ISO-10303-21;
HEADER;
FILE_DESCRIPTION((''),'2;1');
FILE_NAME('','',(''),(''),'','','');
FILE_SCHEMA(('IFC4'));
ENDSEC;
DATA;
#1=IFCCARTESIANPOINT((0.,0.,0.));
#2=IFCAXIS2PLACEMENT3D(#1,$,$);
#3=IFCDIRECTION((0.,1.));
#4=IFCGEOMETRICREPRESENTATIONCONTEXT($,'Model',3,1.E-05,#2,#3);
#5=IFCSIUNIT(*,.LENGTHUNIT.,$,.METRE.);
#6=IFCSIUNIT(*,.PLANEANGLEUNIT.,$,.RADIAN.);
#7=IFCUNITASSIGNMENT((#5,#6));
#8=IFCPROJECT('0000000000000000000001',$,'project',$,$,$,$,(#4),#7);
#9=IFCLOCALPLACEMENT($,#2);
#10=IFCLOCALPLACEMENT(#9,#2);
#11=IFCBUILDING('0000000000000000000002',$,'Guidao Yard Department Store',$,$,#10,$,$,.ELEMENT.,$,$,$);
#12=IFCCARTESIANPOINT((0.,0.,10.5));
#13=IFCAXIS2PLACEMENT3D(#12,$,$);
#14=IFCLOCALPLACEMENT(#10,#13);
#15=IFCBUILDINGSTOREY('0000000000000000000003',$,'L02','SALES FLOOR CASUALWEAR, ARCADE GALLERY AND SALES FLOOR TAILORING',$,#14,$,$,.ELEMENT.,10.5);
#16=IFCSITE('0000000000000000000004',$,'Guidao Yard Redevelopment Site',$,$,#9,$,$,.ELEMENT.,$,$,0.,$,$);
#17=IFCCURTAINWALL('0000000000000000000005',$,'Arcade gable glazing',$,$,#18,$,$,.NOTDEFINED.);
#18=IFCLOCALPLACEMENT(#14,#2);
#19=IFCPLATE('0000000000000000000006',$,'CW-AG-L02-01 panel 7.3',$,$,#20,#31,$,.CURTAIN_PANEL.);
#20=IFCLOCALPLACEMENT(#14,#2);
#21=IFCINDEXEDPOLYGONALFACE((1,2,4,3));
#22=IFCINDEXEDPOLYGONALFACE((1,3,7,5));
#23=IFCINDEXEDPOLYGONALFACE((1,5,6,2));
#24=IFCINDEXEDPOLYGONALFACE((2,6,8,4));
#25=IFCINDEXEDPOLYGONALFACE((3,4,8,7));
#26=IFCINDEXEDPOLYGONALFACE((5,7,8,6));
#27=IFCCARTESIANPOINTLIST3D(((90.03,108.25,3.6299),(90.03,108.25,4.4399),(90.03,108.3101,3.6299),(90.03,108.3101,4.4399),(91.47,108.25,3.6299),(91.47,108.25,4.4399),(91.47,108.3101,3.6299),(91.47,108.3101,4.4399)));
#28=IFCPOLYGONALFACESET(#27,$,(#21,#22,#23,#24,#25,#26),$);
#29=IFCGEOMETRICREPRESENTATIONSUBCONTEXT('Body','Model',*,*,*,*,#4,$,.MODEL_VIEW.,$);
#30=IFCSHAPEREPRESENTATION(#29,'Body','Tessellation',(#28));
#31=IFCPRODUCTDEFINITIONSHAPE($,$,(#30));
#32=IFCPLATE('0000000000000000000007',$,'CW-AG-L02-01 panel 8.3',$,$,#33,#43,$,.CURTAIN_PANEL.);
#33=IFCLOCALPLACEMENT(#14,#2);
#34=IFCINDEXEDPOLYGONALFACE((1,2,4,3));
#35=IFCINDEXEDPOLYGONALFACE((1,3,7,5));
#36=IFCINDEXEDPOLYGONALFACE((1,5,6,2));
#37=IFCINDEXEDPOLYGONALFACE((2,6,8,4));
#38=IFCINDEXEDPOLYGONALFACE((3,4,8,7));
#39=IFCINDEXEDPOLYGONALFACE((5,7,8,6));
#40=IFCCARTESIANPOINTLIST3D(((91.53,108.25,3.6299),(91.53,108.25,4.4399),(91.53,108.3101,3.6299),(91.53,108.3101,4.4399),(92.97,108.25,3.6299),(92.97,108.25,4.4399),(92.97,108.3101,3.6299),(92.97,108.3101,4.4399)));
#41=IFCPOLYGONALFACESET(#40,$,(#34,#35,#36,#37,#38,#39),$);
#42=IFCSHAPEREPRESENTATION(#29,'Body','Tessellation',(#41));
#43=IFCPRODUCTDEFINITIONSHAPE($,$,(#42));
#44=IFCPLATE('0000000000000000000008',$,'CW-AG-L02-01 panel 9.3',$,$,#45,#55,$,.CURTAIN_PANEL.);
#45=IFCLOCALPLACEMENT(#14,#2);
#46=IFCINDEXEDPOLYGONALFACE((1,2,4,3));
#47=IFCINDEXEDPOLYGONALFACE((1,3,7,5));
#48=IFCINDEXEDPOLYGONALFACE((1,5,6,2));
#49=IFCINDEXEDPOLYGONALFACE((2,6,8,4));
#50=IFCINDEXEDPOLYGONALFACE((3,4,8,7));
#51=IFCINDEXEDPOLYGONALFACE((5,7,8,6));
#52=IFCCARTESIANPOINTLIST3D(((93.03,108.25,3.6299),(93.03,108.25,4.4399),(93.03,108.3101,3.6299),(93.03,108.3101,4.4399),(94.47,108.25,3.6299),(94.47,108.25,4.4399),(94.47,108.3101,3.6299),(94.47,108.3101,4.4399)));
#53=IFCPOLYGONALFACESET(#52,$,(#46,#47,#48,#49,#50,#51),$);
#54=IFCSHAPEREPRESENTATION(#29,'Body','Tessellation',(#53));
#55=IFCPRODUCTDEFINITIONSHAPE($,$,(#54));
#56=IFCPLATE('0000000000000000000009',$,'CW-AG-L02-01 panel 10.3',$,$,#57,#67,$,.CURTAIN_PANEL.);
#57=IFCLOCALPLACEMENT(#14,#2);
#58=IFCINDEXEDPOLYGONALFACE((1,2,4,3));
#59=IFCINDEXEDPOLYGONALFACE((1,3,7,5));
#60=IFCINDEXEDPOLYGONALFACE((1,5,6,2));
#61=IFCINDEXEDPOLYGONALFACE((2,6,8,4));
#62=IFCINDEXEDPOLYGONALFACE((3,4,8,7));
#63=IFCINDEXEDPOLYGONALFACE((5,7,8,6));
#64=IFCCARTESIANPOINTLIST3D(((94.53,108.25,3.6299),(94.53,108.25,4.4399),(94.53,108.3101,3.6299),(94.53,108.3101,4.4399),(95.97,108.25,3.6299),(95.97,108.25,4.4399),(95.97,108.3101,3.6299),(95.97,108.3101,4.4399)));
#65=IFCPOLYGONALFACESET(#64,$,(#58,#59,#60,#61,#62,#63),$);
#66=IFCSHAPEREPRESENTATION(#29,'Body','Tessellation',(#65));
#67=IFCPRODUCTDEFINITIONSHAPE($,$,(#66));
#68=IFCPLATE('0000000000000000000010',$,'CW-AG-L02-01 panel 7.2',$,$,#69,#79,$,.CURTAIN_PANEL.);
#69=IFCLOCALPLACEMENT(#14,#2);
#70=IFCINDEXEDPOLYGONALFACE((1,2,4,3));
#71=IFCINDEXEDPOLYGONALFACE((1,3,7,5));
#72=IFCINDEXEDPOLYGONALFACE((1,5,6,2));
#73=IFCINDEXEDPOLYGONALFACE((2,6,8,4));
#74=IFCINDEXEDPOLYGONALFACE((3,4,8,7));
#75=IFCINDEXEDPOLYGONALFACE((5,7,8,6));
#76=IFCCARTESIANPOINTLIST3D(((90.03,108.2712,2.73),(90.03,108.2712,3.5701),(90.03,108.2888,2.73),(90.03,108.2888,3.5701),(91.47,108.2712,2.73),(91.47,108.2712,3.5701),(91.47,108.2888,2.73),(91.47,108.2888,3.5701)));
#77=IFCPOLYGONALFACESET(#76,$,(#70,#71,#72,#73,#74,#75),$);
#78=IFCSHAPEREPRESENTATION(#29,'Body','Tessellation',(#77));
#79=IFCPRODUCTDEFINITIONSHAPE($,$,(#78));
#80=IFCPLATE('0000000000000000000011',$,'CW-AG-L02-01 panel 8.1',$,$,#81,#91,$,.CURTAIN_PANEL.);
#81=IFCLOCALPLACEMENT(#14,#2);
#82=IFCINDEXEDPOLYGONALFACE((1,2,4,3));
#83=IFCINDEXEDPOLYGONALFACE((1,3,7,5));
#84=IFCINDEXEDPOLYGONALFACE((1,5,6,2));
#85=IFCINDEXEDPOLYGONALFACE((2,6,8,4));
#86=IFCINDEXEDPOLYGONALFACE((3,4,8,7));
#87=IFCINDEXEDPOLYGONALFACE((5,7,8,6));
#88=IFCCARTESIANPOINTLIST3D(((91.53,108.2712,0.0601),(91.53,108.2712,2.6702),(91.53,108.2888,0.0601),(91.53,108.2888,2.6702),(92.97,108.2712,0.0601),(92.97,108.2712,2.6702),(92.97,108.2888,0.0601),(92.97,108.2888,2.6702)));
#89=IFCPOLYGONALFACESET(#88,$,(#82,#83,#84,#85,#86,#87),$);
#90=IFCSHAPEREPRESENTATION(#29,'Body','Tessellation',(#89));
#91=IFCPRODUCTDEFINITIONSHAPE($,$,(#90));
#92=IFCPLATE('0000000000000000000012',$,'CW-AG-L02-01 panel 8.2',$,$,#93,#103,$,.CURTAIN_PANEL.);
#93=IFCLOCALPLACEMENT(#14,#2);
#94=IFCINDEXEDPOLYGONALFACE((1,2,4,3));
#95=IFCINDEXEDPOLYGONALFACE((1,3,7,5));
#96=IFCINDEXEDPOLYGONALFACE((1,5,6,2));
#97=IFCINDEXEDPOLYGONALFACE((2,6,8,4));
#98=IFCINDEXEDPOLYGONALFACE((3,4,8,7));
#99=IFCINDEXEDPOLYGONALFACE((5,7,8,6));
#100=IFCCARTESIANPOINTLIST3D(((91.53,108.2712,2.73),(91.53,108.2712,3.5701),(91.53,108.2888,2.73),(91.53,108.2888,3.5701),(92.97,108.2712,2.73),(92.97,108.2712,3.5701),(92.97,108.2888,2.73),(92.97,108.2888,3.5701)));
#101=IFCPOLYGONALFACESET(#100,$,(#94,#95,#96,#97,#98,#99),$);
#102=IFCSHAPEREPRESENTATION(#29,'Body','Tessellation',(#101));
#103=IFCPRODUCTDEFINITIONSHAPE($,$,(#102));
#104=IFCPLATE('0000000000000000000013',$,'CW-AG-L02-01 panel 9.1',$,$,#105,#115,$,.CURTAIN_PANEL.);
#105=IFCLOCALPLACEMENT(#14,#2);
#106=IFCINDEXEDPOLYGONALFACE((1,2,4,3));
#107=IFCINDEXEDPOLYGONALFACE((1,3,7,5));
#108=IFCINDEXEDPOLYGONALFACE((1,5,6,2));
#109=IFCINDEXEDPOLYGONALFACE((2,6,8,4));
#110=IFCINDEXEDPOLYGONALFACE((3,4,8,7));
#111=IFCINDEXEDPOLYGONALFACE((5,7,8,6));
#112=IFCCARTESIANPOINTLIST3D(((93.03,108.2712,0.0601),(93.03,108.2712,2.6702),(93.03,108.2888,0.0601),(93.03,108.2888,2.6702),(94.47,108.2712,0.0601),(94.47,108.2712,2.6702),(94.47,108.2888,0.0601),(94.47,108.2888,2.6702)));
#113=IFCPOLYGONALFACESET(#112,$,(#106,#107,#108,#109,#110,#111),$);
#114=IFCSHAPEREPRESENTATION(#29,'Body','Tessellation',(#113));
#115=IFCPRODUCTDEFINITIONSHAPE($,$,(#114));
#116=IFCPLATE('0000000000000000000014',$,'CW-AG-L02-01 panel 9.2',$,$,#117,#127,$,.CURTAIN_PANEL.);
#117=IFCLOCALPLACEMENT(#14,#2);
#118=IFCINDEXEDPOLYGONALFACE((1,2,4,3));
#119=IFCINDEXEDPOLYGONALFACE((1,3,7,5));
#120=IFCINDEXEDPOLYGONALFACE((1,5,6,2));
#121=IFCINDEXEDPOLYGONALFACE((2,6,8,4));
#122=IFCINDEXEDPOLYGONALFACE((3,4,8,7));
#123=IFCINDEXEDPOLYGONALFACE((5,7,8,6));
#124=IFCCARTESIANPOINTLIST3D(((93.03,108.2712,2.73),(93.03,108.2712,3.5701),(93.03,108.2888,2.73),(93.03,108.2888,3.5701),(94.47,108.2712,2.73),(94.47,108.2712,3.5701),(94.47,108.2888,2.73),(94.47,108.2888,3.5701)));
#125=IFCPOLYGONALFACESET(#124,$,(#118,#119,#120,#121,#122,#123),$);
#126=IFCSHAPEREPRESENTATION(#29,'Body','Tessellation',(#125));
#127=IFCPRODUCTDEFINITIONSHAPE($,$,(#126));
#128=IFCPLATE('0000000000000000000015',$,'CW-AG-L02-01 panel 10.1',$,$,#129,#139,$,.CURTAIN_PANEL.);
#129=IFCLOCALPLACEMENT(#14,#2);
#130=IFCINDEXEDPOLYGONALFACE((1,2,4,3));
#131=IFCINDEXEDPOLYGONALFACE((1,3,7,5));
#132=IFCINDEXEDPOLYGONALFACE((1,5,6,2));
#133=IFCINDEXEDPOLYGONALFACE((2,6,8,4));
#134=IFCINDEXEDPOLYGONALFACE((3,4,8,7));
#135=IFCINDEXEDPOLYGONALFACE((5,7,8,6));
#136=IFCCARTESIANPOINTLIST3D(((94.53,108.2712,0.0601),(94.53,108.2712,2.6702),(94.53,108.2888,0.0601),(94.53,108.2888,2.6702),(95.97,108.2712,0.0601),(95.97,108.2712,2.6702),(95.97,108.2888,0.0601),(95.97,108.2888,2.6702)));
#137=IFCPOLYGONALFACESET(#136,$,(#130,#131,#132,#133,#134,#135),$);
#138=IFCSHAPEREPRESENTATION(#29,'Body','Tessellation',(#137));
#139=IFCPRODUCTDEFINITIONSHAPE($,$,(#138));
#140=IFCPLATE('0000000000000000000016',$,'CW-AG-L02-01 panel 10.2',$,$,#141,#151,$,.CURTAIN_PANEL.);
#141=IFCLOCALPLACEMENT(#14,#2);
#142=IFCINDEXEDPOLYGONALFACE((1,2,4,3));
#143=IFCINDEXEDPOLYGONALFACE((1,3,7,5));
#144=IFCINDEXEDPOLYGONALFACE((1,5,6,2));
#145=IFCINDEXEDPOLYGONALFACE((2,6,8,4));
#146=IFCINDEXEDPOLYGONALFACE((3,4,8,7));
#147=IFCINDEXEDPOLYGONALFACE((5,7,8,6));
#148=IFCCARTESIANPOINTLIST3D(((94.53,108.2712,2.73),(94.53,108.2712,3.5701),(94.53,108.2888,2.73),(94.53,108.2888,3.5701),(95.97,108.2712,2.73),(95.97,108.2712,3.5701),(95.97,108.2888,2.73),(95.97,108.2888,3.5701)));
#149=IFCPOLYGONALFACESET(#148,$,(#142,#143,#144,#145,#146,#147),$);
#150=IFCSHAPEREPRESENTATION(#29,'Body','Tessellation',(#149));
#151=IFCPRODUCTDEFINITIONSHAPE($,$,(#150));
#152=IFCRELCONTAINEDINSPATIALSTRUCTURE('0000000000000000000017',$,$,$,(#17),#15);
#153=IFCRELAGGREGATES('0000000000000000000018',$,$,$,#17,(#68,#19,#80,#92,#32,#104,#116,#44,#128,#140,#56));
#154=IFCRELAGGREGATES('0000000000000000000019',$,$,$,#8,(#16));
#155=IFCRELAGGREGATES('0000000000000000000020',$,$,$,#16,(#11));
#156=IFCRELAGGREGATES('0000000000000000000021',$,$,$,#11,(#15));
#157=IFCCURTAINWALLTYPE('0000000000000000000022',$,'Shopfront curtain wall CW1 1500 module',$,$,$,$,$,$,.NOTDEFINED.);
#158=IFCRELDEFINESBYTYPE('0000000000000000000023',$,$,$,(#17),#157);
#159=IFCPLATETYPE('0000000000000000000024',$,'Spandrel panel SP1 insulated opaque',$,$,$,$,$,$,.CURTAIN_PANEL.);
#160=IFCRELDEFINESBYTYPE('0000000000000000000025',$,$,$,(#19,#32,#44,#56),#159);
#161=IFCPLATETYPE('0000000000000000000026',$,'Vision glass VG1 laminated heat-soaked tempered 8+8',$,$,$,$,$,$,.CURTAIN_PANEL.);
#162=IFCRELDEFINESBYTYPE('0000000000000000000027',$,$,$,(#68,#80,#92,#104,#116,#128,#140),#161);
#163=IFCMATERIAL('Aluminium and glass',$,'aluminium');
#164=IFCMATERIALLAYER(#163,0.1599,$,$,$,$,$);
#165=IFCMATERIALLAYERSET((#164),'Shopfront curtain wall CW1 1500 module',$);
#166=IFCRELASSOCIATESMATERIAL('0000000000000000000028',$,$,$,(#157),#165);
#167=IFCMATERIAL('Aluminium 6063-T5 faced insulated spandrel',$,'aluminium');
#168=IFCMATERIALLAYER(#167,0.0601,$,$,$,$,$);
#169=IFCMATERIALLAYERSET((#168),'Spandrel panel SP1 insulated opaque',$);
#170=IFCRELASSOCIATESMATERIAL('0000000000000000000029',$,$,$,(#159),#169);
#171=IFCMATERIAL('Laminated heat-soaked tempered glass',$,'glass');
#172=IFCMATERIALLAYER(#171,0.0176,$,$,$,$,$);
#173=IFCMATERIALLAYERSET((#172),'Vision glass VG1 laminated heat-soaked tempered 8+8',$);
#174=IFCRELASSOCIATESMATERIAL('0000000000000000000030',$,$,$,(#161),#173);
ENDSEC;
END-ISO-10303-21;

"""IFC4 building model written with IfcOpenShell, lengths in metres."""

from ifc_helpers import new_model, si_unit, direction, frame, origin, origin_2d, place, context, subcontext, project, spatial, rectangle, extrude, material, layer, layer_set, type_object, element, aggregate, save


model = new_model("IFC4")

# Units and contexts
model_context = context("Model", 3, precision=1e-05, world=origin(), true_north=direction((0.0, 1.0)))
body_context = subcontext(model_context, "Body", "Model", "MODEL_VIEW")
ifc_project = project(units=[si_unit("LENGTHUNIT", "METRE"), si_unit("PLANEANGLEUNIT", "RADIAN")], contexts=[model_context])

# Site, building, storey
site_placement = place(None, origin())
site = spatial("IfcSite", under=ifc_project, at=site_placement, Name="Guidao Yard Redevelopment Site", CompositionType="ELEMENT", RefElevation=0.0)
building_placement = place(site_placement, origin())
building = spatial("IfcBuilding", under=site, at=building_placement, Name="Guidao Yard Department Store", CompositionType="ELEMENT")
storey_placement = place(building_placement, frame((0.0, 0.0, 10.5)))
storey = spatial("IfcBuildingStorey", under=building, at=storey_placement, Name="L02", Description="SALES FLOOR CASUALWEAR, ARCADE GALLERY AND SALES FLOOR TAILORING", CompositionType="ELEMENT", Elevation=10.5)

# Curtain wall, plates
ifc_material_1 = material(Name="Aluminium and glass", Category="aluminium")
ifc_layer_1 = layer(ifc_material_1, 0.1599)
ifc_layer_set_1 = layer_set([ifc_layer_1], Name="Shopfront curtain wall CW1 1500 module")
curtain_wall_type = type_object("IfcCurtainWallType", Name="Shopfront curtain wall CW1 1500 module", PredefinedType="NOTDEFINED", material=ifc_layer_set_1)
curtain_wall_placement = place(storey_placement, origin())
curtain_wall = element("IfcCurtainWall", 1, at=curtain_wall_placement, inside=storey, type_object=curtain_wall_type, Name="Arcade gable glazing", PredefinedType="NOTDEFINED")
ifc_material_2 = material(Name="Aluminium 6063-T5 faced insulated spandrel", Category="aluminium")
ifc_layer_2 = layer(ifc_material_2, 0.0601)
ifc_layer_set_2 = layer_set([ifc_layer_2], Name="Spandrel panel SP1 insulated opaque")
plate_type_1 = type_object("IfcPlateType", Name="Spandrel panel SP1 insulated opaque", PredefinedType="CURTAIN_PANEL", material=ifc_layer_set_2)
plate_1_placement = place(storey_placement, frame((90.75, 108.28, 3.6299), z_axis=(0.0, 0.0, 1.0), x_axis=(1.0, 0.0, 0.0)))
plate_1 = element("IfcPlate", 2, at=plate_1_placement, type_object=plate_type_1, Name="CW-AG-L02-01 panel 7.3", PredefinedType="CURTAIN_PANEL", context=body_context, shape_type="SweptSolid", body=[
    extrude(rectangle(XDim=1.4399, YDim=0.0601, at=origin_2d()), origin(), (0.0, 0.0, 1.0), 0.8101),
])
plate_2_placement = place(storey_placement, frame((92.25, 108.28, 3.6299), z_axis=(0.0, 0.0, 1.0), x_axis=(1.0, 0.0, 0.0)))
plate_2 = element("IfcPlate", 3, at=plate_2_placement, type_object=plate_type_1, Name="CW-AG-L02-01 panel 8.3", PredefinedType="CURTAIN_PANEL", context=body_context, shape_type="SweptSolid", body=[
    extrude(rectangle(XDim=1.4399, YDim=0.0601, at=origin_2d()), origin(), (0.0, 0.0, 1.0), 0.8101),
])
plate_3_placement = place(storey_placement, frame((93.75, 108.28, 3.6299), z_axis=(0.0, 0.0, 1.0), x_axis=(1.0, 0.0, 0.0)))
plate_3 = element("IfcPlate", 4, at=plate_3_placement, type_object=plate_type_1, Name="CW-AG-L02-01 panel 9.3", PredefinedType="CURTAIN_PANEL", context=body_context, shape_type="SweptSolid", body=[
    extrude(rectangle(XDim=1.4399, YDim=0.0601, at=origin_2d()), origin(), (0.0, 0.0, 1.0), 0.8101),
])
plate_4_placement = place(storey_placement, frame((95.25, 108.28, 3.6299), z_axis=(0.0, 0.0, 1.0), x_axis=(1.0, 0.0, 0.0)))
plate_4 = element("IfcPlate", 5, at=plate_4_placement, type_object=plate_type_1, Name="CW-AG-L02-01 panel 10.3", PredefinedType="CURTAIN_PANEL", context=body_context, shape_type="SweptSolid", body=[
    extrude(rectangle(XDim=1.4399, YDim=0.0601, at=origin_2d()), origin(), (0.0, 0.0, 1.0), 0.8101),
])
ifc_material_3 = material(Name="Laminated heat-soaked tempered glass", Category="glass")
ifc_layer_3 = layer(ifc_material_3, 0.0176)
ifc_layer_set_3 = layer_set([ifc_layer_3], Name="Vision glass VG1 laminated heat-soaked tempered 8+8")
plate_type_2 = type_object("IfcPlateType", Name="Vision glass VG1 laminated heat-soaked tempered 8+8", PredefinedType="CURTAIN_PANEL", material=ifc_layer_set_3)
plate_5_placement = place(storey_placement, frame((90.75, 108.28, 2.73), z_axis=(0.0, 0.0, 1.0), x_axis=(1.0, 0.0, 0.0)))
plate_5 = element("IfcPlate", 6, at=plate_5_placement, type_object=plate_type_2, Name="CW-AG-L02-01 panel 7.2", PredefinedType="CURTAIN_PANEL", context=body_context, shape_type="SweptSolid", body=[
    extrude(rectangle(XDim=1.4399, YDim=0.0176, at=origin_2d()), origin(), (0.0, 0.0, 1.0), 0.8401),
])
plate_6_placement = place(storey_placement, frame((92.25, 108.28, 0.0601), z_axis=(0.0, 0.0, 1.0), x_axis=(1.0, 0.0, 0.0)))
plate_6 = element("IfcPlate", 7, at=plate_6_placement, type_object=plate_type_2, Name="CW-AG-L02-01 panel 8.1", PredefinedType="CURTAIN_PANEL", context=body_context, shape_type="SweptSolid", body=[
    extrude(rectangle(XDim=1.4399, YDim=0.0176, at=origin_2d()), origin(), (0.0, 0.0, 1.0), 2.6101),
])
plate_7_placement = place(storey_placement, frame((92.25, 108.28, 2.73), z_axis=(0.0, 0.0, 1.0), x_axis=(1.0, 0.0, 0.0)))
plate_7 = element("IfcPlate", 8, at=plate_7_placement, type_object=plate_type_2, Name="CW-AG-L02-01 panel 8.2", PredefinedType="CURTAIN_PANEL", context=body_context, shape_type="SweptSolid", body=[
    extrude(rectangle(XDim=1.4399, YDim=0.0176, at=origin_2d()), origin(), (0.0, 0.0, 1.0), 0.8401),
])
plate_8_placement = place(storey_placement, frame((93.75, 108.28, 0.0601), z_axis=(0.0, 0.0, 1.0), x_axis=(1.0, 0.0, 0.0)))
plate_8 = element("IfcPlate", 9, at=plate_8_placement, type_object=plate_type_2, Name="CW-AG-L02-01 panel 9.1", PredefinedType="CURTAIN_PANEL", context=body_context, shape_type="SweptSolid", body=[
    extrude(rectangle(XDim=1.4399, YDim=0.0176, at=origin_2d()), origin(), (0.0, 0.0, 1.0), 2.6101),
])
plate_9_placement = place(storey_placement, frame((93.75, 108.28, 2.73), z_axis=(0.0, 0.0, 1.0), x_axis=(1.0, 0.0, 0.0)))
plate_9 = element("IfcPlate", 10, at=plate_9_placement, type_object=plate_type_2, Name="CW-AG-L02-01 panel 9.2", PredefinedType="CURTAIN_PANEL", context=body_context, shape_type="SweptSolid", body=[
    extrude(rectangle(XDim=1.4399, YDim=0.0176, at=origin_2d()), origin(), (0.0, 0.0, 1.0), 0.8401),
])
plate_10_placement = place(storey_placement, frame((95.25, 108.28, 0.0601), z_axis=(0.0, 0.0, 1.0), x_axis=(1.0, 0.0, 0.0)))
plate_10 = element("IfcPlate", 11, at=plate_10_placement, type_object=plate_type_2, Name="CW-AG-L02-01 panel 10.1", PredefinedType="CURTAIN_PANEL", context=body_context, shape_type="SweptSolid", body=[
    extrude(rectangle(XDim=1.4399, YDim=0.0176, at=origin_2d()), origin(), (0.0, 0.0, 1.0), 2.6101),
])
plate_11_placement = place(storey_placement, frame((95.25, 108.28, 2.73), z_axis=(0.0, 0.0, 1.0), x_axis=(1.0, 0.0, 0.0)))
plate_11 = element("IfcPlate", 12, at=plate_11_placement, type_object=plate_type_2, Name="CW-AG-L02-01 panel 10.2", PredefinedType="CURTAIN_PANEL", context=body_context, shape_type="SweptSolid", body=[
    extrude(rectangle(XDim=1.4399, YDim=0.0176, at=origin_2d()), origin(), (0.0, 0.0, 1.0), 0.8401),
])
aggregate(curtain_wall, [plate_5, plate_1, plate_6, plate_7, plate_2, plate_8, plate_9, plate_3, plate_10, plate_11, plate_4])

save(model, "model.ifc")
